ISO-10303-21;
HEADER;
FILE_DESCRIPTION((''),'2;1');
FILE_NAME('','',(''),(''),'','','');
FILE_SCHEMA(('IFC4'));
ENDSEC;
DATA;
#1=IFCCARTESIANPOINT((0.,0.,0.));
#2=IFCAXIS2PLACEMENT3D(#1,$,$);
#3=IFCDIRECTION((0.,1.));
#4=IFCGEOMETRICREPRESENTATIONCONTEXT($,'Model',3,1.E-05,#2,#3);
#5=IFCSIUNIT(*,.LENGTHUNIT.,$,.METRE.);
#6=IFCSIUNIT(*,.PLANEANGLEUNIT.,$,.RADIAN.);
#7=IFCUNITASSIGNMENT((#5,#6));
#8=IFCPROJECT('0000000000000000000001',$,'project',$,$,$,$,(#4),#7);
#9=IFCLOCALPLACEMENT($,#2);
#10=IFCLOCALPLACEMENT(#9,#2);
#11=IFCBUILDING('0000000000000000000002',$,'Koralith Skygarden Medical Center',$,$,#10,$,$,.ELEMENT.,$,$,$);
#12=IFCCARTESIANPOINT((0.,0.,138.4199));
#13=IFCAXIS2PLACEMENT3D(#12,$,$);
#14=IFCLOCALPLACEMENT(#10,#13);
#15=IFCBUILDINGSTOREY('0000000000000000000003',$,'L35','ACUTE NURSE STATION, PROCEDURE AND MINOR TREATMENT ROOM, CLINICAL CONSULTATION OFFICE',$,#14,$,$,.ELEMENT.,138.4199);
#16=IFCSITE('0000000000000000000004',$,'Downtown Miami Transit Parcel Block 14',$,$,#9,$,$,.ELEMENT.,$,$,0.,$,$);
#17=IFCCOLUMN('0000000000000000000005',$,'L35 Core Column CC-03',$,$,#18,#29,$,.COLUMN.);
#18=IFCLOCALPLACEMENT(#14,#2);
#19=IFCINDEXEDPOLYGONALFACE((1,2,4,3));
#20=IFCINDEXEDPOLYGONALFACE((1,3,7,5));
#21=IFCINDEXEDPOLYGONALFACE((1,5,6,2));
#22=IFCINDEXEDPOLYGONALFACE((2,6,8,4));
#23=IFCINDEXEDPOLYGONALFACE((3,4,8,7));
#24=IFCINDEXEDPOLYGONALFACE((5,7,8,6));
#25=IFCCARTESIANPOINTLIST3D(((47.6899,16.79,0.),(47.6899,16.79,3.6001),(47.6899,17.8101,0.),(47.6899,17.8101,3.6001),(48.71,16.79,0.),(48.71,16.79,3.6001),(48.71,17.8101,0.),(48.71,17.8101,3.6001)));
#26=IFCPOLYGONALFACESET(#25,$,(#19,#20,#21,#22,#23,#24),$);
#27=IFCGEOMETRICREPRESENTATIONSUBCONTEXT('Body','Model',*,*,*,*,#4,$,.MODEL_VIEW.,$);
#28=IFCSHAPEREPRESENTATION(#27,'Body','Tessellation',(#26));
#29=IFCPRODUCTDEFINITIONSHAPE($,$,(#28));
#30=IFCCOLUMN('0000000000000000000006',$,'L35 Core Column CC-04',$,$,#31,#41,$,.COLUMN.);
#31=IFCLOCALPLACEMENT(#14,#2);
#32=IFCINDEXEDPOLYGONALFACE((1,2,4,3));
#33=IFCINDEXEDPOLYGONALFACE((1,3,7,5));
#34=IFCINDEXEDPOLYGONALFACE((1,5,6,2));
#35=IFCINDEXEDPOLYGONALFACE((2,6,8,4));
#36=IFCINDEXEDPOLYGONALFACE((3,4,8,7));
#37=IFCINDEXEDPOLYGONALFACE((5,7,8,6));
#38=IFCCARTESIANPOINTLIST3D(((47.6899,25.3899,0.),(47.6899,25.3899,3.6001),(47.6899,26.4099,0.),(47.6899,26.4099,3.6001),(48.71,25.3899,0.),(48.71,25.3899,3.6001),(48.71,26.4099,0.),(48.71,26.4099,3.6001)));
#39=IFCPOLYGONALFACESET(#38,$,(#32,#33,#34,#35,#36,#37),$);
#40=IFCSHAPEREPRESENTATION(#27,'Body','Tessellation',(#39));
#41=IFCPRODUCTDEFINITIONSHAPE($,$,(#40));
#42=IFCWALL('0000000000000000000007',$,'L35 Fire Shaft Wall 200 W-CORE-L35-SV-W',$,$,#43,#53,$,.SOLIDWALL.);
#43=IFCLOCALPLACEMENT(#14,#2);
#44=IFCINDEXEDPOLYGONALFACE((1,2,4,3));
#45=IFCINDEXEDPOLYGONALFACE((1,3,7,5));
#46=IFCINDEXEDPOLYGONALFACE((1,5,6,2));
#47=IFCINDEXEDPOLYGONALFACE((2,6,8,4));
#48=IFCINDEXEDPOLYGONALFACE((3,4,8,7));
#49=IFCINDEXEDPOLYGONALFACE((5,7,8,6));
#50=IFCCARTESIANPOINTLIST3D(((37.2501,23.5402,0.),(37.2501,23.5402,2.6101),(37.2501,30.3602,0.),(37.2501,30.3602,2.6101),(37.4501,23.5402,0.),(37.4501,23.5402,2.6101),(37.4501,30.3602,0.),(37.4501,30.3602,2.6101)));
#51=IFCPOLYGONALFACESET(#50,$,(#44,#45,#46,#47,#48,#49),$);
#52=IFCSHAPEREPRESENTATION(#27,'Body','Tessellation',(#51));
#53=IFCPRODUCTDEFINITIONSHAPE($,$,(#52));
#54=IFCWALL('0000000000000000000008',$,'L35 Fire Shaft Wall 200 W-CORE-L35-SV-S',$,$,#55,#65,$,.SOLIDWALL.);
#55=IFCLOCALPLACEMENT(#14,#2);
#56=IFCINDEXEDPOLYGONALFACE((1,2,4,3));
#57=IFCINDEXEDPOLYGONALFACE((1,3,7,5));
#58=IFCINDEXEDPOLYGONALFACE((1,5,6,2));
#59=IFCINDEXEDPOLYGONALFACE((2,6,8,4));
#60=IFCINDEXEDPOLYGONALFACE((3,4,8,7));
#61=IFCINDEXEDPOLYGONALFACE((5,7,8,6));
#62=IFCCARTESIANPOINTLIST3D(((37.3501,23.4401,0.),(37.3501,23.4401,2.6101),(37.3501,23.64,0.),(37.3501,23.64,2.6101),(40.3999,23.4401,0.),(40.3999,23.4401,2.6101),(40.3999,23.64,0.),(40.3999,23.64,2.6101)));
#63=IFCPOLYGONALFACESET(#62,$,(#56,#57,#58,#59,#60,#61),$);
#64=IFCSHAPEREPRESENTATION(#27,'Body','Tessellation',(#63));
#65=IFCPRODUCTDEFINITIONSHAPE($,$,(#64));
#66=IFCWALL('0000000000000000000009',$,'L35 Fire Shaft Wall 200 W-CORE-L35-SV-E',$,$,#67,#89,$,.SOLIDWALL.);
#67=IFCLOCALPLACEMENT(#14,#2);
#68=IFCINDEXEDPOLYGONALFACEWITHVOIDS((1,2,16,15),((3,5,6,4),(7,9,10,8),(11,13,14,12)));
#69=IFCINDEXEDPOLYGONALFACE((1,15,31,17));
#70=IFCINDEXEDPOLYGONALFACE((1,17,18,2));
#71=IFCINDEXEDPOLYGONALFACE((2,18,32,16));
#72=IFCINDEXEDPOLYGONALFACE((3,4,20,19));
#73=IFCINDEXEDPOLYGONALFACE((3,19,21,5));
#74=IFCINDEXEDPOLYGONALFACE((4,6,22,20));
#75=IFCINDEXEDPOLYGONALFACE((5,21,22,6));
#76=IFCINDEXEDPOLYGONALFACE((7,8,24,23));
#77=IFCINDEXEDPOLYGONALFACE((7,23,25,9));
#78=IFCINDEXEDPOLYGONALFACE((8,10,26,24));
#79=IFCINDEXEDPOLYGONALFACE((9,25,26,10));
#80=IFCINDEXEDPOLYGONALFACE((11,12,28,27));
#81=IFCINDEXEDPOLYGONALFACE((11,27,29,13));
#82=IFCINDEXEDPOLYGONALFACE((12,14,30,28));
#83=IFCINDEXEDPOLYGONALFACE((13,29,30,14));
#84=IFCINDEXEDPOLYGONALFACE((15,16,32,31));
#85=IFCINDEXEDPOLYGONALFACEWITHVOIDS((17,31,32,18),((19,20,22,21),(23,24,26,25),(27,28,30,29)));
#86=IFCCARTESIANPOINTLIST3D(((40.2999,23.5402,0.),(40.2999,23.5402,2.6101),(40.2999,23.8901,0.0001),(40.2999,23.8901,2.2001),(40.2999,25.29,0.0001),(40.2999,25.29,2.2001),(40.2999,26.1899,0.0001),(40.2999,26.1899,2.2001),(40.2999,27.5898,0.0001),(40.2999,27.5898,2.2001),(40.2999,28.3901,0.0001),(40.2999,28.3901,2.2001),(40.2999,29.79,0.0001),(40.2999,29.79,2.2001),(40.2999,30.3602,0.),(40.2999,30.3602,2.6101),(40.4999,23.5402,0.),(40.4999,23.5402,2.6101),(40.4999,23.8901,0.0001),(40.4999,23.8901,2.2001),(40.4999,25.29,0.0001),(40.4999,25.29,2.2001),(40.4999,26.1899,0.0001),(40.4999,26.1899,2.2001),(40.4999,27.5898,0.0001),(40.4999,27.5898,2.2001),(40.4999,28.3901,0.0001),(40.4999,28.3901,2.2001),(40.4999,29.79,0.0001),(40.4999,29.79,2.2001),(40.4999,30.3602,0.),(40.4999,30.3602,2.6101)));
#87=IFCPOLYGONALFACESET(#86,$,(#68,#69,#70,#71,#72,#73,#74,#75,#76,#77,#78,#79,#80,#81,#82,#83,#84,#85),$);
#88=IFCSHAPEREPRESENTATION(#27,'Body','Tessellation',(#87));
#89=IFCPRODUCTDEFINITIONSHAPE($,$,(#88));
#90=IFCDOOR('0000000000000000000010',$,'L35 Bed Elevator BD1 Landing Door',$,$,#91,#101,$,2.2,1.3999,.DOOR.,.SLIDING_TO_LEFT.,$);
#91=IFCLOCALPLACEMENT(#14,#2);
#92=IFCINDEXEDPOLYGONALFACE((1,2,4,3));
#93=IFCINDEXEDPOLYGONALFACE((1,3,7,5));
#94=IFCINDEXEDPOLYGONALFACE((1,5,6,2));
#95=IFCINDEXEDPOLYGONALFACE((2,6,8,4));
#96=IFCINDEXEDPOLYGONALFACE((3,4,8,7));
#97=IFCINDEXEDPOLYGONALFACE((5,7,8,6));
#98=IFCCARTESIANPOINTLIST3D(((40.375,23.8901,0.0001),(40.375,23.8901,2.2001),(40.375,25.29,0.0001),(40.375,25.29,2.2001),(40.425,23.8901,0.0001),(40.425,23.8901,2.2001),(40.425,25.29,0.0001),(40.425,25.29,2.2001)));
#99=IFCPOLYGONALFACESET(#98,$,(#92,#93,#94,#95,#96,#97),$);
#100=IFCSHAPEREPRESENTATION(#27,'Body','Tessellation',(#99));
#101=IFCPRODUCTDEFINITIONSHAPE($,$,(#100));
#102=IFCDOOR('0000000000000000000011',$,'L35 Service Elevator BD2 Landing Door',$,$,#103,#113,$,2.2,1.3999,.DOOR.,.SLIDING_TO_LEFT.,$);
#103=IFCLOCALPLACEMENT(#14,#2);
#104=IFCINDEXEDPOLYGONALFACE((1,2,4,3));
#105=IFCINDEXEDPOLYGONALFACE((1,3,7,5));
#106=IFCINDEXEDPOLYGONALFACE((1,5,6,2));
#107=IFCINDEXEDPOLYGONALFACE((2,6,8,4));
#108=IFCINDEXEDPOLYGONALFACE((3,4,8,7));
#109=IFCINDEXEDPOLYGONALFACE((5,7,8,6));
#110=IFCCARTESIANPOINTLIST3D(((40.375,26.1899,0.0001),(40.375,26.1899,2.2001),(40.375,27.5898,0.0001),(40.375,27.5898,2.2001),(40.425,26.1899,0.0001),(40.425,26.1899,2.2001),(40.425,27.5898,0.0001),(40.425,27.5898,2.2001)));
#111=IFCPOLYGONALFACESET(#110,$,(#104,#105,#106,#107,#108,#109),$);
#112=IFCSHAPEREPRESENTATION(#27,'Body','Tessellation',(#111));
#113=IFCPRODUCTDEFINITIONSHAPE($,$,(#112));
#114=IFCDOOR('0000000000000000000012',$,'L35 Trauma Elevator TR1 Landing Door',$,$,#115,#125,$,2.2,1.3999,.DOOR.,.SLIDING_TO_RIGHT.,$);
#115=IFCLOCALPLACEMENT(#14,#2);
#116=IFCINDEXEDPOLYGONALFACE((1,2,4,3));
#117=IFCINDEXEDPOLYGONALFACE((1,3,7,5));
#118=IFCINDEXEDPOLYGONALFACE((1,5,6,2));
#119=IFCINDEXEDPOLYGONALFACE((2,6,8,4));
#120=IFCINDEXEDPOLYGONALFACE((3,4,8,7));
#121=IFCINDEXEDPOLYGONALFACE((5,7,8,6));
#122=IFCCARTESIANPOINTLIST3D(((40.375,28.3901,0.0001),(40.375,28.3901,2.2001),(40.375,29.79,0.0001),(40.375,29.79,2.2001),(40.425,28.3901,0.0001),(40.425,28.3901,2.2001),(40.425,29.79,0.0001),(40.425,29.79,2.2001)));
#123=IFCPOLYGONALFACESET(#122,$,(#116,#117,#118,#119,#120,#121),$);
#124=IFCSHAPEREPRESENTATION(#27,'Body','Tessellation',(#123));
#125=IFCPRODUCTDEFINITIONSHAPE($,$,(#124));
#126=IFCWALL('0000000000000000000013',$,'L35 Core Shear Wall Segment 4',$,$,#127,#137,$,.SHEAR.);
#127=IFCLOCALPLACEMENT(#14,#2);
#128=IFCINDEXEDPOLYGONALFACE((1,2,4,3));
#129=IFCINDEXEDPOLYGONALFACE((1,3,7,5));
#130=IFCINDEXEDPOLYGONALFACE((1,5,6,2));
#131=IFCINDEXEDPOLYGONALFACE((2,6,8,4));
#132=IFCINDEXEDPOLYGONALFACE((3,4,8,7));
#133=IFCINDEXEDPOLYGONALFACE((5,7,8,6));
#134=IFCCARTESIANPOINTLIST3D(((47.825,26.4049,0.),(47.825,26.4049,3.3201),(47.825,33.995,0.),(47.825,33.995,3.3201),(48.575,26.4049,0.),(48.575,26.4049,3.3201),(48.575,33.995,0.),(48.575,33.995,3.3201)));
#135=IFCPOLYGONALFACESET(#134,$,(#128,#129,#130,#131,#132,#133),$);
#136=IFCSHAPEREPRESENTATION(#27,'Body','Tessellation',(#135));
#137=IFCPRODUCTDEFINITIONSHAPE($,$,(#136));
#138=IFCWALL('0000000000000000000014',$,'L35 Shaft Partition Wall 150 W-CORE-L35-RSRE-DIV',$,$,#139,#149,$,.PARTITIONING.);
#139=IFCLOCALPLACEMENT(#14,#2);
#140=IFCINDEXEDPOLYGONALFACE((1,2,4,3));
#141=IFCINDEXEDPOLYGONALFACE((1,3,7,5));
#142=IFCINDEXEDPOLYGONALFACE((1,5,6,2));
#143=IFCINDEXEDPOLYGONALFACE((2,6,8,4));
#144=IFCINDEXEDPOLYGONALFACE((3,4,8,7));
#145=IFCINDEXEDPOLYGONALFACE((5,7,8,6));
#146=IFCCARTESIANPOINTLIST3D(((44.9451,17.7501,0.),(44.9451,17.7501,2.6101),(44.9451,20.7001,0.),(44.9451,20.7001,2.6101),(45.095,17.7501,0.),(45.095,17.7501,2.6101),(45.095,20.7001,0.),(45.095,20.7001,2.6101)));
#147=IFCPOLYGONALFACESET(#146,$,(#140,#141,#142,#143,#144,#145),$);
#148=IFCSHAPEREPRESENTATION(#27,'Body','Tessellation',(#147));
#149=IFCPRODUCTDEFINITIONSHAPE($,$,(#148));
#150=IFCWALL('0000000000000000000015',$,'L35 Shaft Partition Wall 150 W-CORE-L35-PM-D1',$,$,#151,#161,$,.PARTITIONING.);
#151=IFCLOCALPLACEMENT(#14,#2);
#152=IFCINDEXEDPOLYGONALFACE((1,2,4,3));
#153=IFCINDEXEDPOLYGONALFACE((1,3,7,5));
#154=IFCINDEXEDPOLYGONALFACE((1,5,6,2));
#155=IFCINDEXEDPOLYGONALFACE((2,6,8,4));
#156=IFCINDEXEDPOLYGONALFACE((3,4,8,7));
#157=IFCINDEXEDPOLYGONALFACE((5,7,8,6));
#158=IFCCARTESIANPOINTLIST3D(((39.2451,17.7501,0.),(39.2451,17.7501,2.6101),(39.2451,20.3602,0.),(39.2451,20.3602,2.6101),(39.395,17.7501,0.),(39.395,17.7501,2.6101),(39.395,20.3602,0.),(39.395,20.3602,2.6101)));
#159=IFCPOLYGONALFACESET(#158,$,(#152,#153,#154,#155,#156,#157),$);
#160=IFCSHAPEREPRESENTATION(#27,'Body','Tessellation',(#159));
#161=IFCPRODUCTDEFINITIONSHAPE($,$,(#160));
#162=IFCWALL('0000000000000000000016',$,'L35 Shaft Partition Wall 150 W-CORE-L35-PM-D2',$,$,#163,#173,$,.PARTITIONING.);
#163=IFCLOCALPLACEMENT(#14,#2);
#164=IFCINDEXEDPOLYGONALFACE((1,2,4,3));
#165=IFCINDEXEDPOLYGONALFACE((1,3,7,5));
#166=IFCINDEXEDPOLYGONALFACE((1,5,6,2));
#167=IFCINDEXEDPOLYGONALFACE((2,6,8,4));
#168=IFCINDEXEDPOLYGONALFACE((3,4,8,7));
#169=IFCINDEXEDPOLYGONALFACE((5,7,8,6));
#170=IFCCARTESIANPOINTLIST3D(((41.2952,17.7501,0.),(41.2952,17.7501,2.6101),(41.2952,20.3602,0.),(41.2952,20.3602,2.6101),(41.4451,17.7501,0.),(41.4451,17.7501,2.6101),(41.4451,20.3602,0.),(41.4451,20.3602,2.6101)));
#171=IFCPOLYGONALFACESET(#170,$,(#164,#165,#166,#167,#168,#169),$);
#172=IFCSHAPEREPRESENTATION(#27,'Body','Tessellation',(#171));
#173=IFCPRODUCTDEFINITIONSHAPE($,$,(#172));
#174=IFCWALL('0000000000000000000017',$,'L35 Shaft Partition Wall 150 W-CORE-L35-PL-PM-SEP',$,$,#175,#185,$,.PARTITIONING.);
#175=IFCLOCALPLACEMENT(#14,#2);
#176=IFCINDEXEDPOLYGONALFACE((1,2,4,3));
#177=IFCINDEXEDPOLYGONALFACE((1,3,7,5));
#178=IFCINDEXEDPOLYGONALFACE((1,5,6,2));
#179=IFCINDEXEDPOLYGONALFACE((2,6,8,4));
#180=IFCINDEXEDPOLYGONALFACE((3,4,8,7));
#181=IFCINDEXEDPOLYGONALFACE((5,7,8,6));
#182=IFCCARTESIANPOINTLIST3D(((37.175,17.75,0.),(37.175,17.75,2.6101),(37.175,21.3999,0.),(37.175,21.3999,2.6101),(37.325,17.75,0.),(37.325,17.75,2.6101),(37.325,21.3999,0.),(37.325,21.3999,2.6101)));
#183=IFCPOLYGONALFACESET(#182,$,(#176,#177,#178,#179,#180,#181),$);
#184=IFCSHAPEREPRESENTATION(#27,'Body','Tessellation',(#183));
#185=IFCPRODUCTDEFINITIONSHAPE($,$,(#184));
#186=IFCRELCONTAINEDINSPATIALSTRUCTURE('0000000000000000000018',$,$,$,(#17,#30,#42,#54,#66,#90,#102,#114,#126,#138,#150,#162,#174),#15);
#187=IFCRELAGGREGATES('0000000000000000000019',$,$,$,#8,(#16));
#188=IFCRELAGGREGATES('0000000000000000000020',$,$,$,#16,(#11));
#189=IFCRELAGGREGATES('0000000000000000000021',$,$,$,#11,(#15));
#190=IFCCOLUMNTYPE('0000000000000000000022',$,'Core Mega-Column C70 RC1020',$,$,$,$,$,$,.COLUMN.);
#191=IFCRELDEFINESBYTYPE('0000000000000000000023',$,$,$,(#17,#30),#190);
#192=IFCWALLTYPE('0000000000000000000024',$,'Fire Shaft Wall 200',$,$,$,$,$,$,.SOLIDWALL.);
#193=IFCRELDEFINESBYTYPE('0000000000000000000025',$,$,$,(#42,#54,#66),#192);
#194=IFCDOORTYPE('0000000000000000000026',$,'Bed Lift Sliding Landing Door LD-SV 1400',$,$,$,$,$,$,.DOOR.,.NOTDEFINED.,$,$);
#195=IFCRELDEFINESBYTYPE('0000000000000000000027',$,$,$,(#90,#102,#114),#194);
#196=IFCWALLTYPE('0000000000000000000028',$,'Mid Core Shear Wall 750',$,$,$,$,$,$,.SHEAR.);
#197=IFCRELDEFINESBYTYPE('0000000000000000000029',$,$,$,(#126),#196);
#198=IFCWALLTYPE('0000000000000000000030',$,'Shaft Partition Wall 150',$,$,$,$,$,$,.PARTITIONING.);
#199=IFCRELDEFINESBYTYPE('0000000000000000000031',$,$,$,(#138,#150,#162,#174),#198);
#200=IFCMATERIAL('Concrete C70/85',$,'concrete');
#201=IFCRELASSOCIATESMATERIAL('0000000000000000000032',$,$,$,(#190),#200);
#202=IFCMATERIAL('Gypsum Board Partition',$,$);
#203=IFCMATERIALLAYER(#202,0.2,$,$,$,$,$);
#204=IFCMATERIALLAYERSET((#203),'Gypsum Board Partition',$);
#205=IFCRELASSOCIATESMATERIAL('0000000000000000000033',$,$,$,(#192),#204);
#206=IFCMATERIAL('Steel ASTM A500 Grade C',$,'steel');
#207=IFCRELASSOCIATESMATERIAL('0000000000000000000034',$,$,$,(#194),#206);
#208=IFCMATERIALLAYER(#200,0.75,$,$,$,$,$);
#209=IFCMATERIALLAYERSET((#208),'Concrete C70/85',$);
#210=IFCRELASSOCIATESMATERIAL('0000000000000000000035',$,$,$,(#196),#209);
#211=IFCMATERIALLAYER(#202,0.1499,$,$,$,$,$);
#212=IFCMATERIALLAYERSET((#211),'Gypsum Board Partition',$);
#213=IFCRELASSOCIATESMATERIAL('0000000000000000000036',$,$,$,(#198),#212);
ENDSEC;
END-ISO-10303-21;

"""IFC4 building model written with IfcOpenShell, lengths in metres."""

from ifc_helpers import new_model, si_unit, direction, frame, frame_2d, origin, origin_2d, place, context, subcontext, project, spatial, rectangle, extrude, material, layer, layer_set, material_profile, profile_set, type_object, element, fill, save


model = new_model("IFC4")

# Units and contexts
model_context = context("Model", 3, precision=1e-05, world=origin(), true_north=direction((0.0, 1.0)))
body_context = subcontext(model_context, "Body", "Model", "MODEL_VIEW")
ifc_project = project(units=[si_unit("LENGTHUNIT", "METRE"), si_unit("PLANEANGLEUNIT", "RADIAN")], contexts=[model_context])

# Site, building, storey
site_placement = place(None, origin())
site = spatial("IfcSite", under=ifc_project, at=site_placement, Name="Downtown Miami Transit Parcel Block 14", CompositionType="ELEMENT", RefElevation=0.0)
building_placement = place(site_placement, origin())
building = spatial("IfcBuilding", under=site, at=building_placement, Name="Koralith Skygarden Medical Center", CompositionType="ELEMENT")
storey_placement = place(building_placement, frame((0.0, 0.0, 138.4199)))
storey = spatial("IfcBuildingStorey", under=building, at=storey_placement, Name="L35", Description="ACUTE NURSE STATION, PROCEDURE AND MINOR TREATMENT ROOM, CLINICAL CONSULTATION OFFICE", CompositionType="ELEMENT", Elevation=138.4199)

# Columns
ifc_material_1 = material(Name="Concrete C70/85", Category="concrete")
ifc_material_profile = material_profile(ifc_material_1, rectangle(XDim=1.02, YDim=1.02, at=origin_2d()), Name="RC1020X1020")
ifc_profile_set = profile_set([ifc_material_profile], Name="Concrete C70/85")
column_type = type_object("IfcColumnType", Name="Core Mega-Column C70 RC1020", PredefinedType="COLUMN", material=ifc_profile_set)
for number, where, z_axis, x_axis, name in (
    (1, (48.2, 17.3, 0.0), (0.0, 0.0, 1.0), (1.0, 0.0, 0.0), "L35 Core Column CC-03"),
    (2, (48.2, 25.8999, 0.0), (0.0, 0.0, 1.0), (1.0, 0.0, 0.0), "L35 Core Column CC-04"),
):
    element("IfcColumn", number, at=place(storey_placement, frame(where, z_axis=z_axis, x_axis=x_axis)), inside=storey, type_object=column_type, Name=name, PredefinedType="COLUMN", context=body_context, shape_type="SweptSolid", body=[
        extrude(rectangle(XDim=1.02, YDim=1.02, at=origin_2d()), origin(), (0.0, 0.0, 1.0), 3.6001),
    ])

# Shared definitions
ifc_material_2 = material(Name="Gypsum Board Partition")
ifc_layer_1 = layer(ifc_material_2, 0.2)
ifc_layer_set_1 = layer_set([ifc_layer_1], Name="Gypsum Board Partition")
wall_type_1 = type_object("IfcWallType", Name="Fire Shaft Wall 200", PredefinedType="SOLIDWALL", material=ifc_layer_set_1)
ifc_material_3 = material(Name="Steel ASTM A500 Grade C", Category="steel")

# Walls
wall_1_placement = place(storey_placement, frame((37.3501, 23.54, 0.0), z_axis=(0.0, 0.0, 1.0), x_axis=(0.0, 1.0, 0.0)))
element("IfcWall", 3, at=wall_1_placement, inside=storey, type_object=wall_type_1, Name="L35 Fire Shaft Wall 200 W-CORE-L35-SV-W", PredefinedType="SOLIDWALL", context=body_context, shape_type="SweptSolid", body=[
    extrude(rectangle(XDim=6.8201, YDim=0.2, at=frame_2d((3.4102, 0.0))), origin(), (0.0, 0.0, 1.0), 2.6101),
])
wall_2_placement = place(storey_placement, frame((37.3501, 23.54, 0.0), z_axis=(0.0, 0.0, 1.0), x_axis=(1.0, 0.0, 0.0)))
element("IfcWall", 4, at=wall_2_placement, inside=storey, type_object=wall_type_1, Name="L35 Fire Shaft Wall 200 W-CORE-L35-SV-S", PredefinedType="SOLIDWALL", context=body_context, shape_type="SweptSolid", body=[
    extrude(rectangle(XDim=3.0498, YDim=0.2, at=frame_2d((1.5249, 0.0))), origin(), (0.0, 0.0, 1.0), 2.6101),
])

# Wall, openings, doors
wall_3_placement = place(storey_placement, frame((40.3999, 23.54, 0.0), z_axis=(0.0, 0.0, 1.0), x_axis=(0.0, 1.0, 0.0)))
wall_3 = element("IfcWall", 5, at=wall_3_placement, inside=storey, type_object=wall_type_1, Name="L35 Fire Shaft Wall 200 W-CORE-L35-SV-E", PredefinedType="SOLIDWALL", context=body_context, shape_type="SweptSolid", body=[
    extrude(rectangle(XDim=6.8201, YDim=0.2, at=frame_2d((3.4102, 0.0))), origin(), (0.0, 0.0, 1.0), 2.6101),
])
opening_1_placement = place(wall_3_placement, frame((0.3501, 0.0, 0.0)))
opening_1 = element("IfcOpeningElement", 6, at=opening_1_placement, cuts=wall_3, PredefinedType="OPENING", context=body_context, shape_type="SweptSolid", body=[
    extrude(rectangle(XDim=1.3999, YDim=2.2, at=frame_2d((0.7, 1.1001))), frame((0.0, 0.1099, 0.0), z_axis=(0.0, -1.0, 0.0), x_axis=(1.0, 0.0, 0.0)), (0.0, 0.0, 1.0), 0.22),
])
opening_2_placement = place(wall_3_placement, frame((2.6499, 0.0, 0.0)))
opening_2 = element("IfcOpeningElement", 7, at=opening_2_placement, cuts=wall_3, PredefinedType="OPENING", context=body_context, shape_type="SweptSolid", body=[
    extrude(rectangle(XDim=1.3999, YDim=2.2, at=frame_2d((0.7, 1.1001))), frame((0.0, 0.1099, 0.0), z_axis=(0.0, -1.0, 0.0), x_axis=(1.0, 0.0, 0.0)), (0.0, 0.0, 1.0), 0.22),
])
opening_3_placement = place(wall_3_placement, frame((4.8501, 0.0, 0.0)))
opening_3 = element("IfcOpeningElement", 8, at=opening_3_placement, cuts=wall_3, PredefinedType="OPENING", context=body_context, shape_type="SweptSolid", body=[
    extrude(rectangle(XDim=1.3999, YDim=2.2, at=frame_2d((0.7, 1.1001))), frame((0.0, 0.1099, 0.0), z_axis=(0.0, -1.0, 0.0), x_axis=(1.0, 0.0, 0.0)), (0.0, 0.0, 1.0), 0.22),
])
door_type_1 = type_object("IfcDoorType", Name="Bed Lift Sliding Landing Door LD-SV 1400", OperationType="NOTDEFINED", PredefinedType="DOOR", material=ifc_material_3)
door_1_placement = place(opening_1_placement, origin())
door_1 = element("IfcDoor", 9, at=door_1_placement, inside=storey, type_object=door_type_1, Name="L35 Bed Elevator BD1 Landing Door", OperationType="SLIDING_TO_LEFT", OverallHeight=2.2, OverallWidth=1.3999, PredefinedType="DOOR", context=body_context, shape_type="SweptSolid", body=[
    extrude(rectangle(XDim=1.3999, YDim=2.2, at=frame_2d((0.7, 1.1001))), frame((0.0, 0.0249, 0.0), z_axis=(0.0, -1.0, 0.0), x_axis=(1.0, 0.0, 0.0)), (0.0, 0.0, 1.0), 0.05),
])
fill(opening_1, door_1)
door_2_placement = place(opening_2_placement, origin())
door_2 = element("IfcDoor", 10, at=door_2_placement, inside=storey, type_object=door_type_1, Name="L35 Service Elevator BD2 Landing Door", OperationType="SLIDING_TO_LEFT", OverallHeight=2.2, OverallWidth=1.3999, PredefinedType="DOOR", context=body_context, shape_type="SweptSolid", body=[
    extrude(rectangle(XDim=1.3999, YDim=2.2, at=frame_2d((0.7, 1.1001))), frame((0.0, 0.0249, 0.0), z_axis=(0.0, -1.0, 0.0), x_axis=(1.0, 0.0, 0.0)), (0.0, 0.0, 1.0), 0.05),
])
fill(opening_2, door_2)
door_3_placement = place(opening_3_placement, origin())
door_3 = element("IfcDoor", 11, at=door_3_placement, inside=storey, type_object=door_type_1, Name="L35 Trauma Elevator TR1 Landing Door", OperationType="SLIDING_TO_RIGHT", OverallHeight=2.2, OverallWidth=1.3999, PredefinedType="DOOR", context=body_context, shape_type="SweptSolid", body=[
    extrude(rectangle(XDim=1.3999, YDim=2.2, at=frame_2d((0.7, 1.1001))), frame((0.0, 0.0249, 0.0), z_axis=(0.0, -1.0, 0.0), x_axis=(1.0, 0.0, 0.0)), (0.0, 0.0, 1.0), 0.05),
])
fill(opening_3, door_3)

# Shared definitions
ifc_layer_2 = layer(ifc_material_1, 0.75)
ifc_layer_set_2 = layer_set([ifc_layer_2], Name="Concrete C70/85")
wall_type_2 = type_object("IfcWallType", Name="Mid Core Shear Wall 750", PredefinedType="SHEAR", material=ifc_layer_set_2)

# Walls
wall_4_placement = place(storey_placement, frame((48.2, 26.405, 0.0), z_axis=(0.0, 0.0, 1.0), x_axis=(0.0, 1.0, 0.0)))
element("IfcWall", 12, at=wall_4_placement, inside=storey, type_object=wall_type_2, Name="L35 Core Shear Wall Segment 4", PredefinedType="SHEAR", context=body_context, shape_type="SweptSolid", body=[
    extrude(rectangle(XDim=7.5901, YDim=0.75, at=frame_2d((3.7949, 0.0))), origin(), (0.0, 0.0, 1.0), 3.3201),
])
ifc_layer_3 = layer(ifc_material_2, 0.1499)
ifc_layer_set_3 = layer_set([ifc_layer_3], Name="Gypsum Board Partition")
wall_type_3 = type_object("IfcWallType", Name="Shaft Partition Wall 150", PredefinedType="PARTITIONING", material=ifc_layer_set_3)
wall_5_placement = place(storey_placement, frame((45.02, 17.75, 0.0), z_axis=(0.0, 0.0, 1.0), x_axis=(0.0, 1.0, 0.0)))
element("IfcWall", 13, at=wall_5_placement, inside=storey, type_object=wall_type_3, Name="L35 Shaft Partition Wall 150 W-CORE-L35-RSRE-DIV", PredefinedType="PARTITIONING", context=body_context, shape_type="SweptSolid", body=[
    extrude(rectangle(XDim=2.95, YDim=0.1499, at=frame_2d((1.4751, 0.0))), origin(), (0.0, 0.0, 1.0), 2.6101),
])
for number, where, z_axis, x_axis, name in (
    (14, (39.3201, 17.75, 0.0), (0.0, 0.0, 1.0), (0.0, 1.0, 0.0), "L35 Shaft Partition Wall 150 W-CORE-L35-PM-D1"),
    (15, (41.3701, 17.75, 0.0), (0.0, 0.0, 1.0), (0.0, 1.0, 0.0), "L35 Shaft Partition Wall 150 W-CORE-L35-PM-D2"),
):
    element("IfcWall", number, at=place(storey_placement, frame(where, z_axis=z_axis, x_axis=x_axis)), inside=storey, type_object=wall_type_3, Name=name, PredefinedType="PARTITIONING", context=body_context, shape_type="SweptSolid", body=[
        extrude(rectangle(XDim=2.6101, YDim=0.1499, at=frame_2d((1.3052, 0.0))), origin(), (0.0, 0.0, 1.0), 2.6101),
    ])
wall_6_placement = place(storey_placement, frame((37.25, 17.75, 0.0), z_axis=(0.0, 0.0, 1.0), x_axis=(0.0, 1.0, 0.0)))
element("IfcWall", 16, at=wall_6_placement, inside=storey, type_object=wall_type_3, Name="L35 Shaft Partition Wall 150 W-CORE-L35-PL-PM-SEP", PredefinedType="PARTITIONING", context=body_context, shape_type="SweptSolid", body=[
    extrude(rectangle(XDim=3.6499, YDim=0.1499, at=frame_2d((1.825, 0.0))), origin(), (0.0, 0.0, 1.0), 2.6101),
])

save(model, "model.ifc")
